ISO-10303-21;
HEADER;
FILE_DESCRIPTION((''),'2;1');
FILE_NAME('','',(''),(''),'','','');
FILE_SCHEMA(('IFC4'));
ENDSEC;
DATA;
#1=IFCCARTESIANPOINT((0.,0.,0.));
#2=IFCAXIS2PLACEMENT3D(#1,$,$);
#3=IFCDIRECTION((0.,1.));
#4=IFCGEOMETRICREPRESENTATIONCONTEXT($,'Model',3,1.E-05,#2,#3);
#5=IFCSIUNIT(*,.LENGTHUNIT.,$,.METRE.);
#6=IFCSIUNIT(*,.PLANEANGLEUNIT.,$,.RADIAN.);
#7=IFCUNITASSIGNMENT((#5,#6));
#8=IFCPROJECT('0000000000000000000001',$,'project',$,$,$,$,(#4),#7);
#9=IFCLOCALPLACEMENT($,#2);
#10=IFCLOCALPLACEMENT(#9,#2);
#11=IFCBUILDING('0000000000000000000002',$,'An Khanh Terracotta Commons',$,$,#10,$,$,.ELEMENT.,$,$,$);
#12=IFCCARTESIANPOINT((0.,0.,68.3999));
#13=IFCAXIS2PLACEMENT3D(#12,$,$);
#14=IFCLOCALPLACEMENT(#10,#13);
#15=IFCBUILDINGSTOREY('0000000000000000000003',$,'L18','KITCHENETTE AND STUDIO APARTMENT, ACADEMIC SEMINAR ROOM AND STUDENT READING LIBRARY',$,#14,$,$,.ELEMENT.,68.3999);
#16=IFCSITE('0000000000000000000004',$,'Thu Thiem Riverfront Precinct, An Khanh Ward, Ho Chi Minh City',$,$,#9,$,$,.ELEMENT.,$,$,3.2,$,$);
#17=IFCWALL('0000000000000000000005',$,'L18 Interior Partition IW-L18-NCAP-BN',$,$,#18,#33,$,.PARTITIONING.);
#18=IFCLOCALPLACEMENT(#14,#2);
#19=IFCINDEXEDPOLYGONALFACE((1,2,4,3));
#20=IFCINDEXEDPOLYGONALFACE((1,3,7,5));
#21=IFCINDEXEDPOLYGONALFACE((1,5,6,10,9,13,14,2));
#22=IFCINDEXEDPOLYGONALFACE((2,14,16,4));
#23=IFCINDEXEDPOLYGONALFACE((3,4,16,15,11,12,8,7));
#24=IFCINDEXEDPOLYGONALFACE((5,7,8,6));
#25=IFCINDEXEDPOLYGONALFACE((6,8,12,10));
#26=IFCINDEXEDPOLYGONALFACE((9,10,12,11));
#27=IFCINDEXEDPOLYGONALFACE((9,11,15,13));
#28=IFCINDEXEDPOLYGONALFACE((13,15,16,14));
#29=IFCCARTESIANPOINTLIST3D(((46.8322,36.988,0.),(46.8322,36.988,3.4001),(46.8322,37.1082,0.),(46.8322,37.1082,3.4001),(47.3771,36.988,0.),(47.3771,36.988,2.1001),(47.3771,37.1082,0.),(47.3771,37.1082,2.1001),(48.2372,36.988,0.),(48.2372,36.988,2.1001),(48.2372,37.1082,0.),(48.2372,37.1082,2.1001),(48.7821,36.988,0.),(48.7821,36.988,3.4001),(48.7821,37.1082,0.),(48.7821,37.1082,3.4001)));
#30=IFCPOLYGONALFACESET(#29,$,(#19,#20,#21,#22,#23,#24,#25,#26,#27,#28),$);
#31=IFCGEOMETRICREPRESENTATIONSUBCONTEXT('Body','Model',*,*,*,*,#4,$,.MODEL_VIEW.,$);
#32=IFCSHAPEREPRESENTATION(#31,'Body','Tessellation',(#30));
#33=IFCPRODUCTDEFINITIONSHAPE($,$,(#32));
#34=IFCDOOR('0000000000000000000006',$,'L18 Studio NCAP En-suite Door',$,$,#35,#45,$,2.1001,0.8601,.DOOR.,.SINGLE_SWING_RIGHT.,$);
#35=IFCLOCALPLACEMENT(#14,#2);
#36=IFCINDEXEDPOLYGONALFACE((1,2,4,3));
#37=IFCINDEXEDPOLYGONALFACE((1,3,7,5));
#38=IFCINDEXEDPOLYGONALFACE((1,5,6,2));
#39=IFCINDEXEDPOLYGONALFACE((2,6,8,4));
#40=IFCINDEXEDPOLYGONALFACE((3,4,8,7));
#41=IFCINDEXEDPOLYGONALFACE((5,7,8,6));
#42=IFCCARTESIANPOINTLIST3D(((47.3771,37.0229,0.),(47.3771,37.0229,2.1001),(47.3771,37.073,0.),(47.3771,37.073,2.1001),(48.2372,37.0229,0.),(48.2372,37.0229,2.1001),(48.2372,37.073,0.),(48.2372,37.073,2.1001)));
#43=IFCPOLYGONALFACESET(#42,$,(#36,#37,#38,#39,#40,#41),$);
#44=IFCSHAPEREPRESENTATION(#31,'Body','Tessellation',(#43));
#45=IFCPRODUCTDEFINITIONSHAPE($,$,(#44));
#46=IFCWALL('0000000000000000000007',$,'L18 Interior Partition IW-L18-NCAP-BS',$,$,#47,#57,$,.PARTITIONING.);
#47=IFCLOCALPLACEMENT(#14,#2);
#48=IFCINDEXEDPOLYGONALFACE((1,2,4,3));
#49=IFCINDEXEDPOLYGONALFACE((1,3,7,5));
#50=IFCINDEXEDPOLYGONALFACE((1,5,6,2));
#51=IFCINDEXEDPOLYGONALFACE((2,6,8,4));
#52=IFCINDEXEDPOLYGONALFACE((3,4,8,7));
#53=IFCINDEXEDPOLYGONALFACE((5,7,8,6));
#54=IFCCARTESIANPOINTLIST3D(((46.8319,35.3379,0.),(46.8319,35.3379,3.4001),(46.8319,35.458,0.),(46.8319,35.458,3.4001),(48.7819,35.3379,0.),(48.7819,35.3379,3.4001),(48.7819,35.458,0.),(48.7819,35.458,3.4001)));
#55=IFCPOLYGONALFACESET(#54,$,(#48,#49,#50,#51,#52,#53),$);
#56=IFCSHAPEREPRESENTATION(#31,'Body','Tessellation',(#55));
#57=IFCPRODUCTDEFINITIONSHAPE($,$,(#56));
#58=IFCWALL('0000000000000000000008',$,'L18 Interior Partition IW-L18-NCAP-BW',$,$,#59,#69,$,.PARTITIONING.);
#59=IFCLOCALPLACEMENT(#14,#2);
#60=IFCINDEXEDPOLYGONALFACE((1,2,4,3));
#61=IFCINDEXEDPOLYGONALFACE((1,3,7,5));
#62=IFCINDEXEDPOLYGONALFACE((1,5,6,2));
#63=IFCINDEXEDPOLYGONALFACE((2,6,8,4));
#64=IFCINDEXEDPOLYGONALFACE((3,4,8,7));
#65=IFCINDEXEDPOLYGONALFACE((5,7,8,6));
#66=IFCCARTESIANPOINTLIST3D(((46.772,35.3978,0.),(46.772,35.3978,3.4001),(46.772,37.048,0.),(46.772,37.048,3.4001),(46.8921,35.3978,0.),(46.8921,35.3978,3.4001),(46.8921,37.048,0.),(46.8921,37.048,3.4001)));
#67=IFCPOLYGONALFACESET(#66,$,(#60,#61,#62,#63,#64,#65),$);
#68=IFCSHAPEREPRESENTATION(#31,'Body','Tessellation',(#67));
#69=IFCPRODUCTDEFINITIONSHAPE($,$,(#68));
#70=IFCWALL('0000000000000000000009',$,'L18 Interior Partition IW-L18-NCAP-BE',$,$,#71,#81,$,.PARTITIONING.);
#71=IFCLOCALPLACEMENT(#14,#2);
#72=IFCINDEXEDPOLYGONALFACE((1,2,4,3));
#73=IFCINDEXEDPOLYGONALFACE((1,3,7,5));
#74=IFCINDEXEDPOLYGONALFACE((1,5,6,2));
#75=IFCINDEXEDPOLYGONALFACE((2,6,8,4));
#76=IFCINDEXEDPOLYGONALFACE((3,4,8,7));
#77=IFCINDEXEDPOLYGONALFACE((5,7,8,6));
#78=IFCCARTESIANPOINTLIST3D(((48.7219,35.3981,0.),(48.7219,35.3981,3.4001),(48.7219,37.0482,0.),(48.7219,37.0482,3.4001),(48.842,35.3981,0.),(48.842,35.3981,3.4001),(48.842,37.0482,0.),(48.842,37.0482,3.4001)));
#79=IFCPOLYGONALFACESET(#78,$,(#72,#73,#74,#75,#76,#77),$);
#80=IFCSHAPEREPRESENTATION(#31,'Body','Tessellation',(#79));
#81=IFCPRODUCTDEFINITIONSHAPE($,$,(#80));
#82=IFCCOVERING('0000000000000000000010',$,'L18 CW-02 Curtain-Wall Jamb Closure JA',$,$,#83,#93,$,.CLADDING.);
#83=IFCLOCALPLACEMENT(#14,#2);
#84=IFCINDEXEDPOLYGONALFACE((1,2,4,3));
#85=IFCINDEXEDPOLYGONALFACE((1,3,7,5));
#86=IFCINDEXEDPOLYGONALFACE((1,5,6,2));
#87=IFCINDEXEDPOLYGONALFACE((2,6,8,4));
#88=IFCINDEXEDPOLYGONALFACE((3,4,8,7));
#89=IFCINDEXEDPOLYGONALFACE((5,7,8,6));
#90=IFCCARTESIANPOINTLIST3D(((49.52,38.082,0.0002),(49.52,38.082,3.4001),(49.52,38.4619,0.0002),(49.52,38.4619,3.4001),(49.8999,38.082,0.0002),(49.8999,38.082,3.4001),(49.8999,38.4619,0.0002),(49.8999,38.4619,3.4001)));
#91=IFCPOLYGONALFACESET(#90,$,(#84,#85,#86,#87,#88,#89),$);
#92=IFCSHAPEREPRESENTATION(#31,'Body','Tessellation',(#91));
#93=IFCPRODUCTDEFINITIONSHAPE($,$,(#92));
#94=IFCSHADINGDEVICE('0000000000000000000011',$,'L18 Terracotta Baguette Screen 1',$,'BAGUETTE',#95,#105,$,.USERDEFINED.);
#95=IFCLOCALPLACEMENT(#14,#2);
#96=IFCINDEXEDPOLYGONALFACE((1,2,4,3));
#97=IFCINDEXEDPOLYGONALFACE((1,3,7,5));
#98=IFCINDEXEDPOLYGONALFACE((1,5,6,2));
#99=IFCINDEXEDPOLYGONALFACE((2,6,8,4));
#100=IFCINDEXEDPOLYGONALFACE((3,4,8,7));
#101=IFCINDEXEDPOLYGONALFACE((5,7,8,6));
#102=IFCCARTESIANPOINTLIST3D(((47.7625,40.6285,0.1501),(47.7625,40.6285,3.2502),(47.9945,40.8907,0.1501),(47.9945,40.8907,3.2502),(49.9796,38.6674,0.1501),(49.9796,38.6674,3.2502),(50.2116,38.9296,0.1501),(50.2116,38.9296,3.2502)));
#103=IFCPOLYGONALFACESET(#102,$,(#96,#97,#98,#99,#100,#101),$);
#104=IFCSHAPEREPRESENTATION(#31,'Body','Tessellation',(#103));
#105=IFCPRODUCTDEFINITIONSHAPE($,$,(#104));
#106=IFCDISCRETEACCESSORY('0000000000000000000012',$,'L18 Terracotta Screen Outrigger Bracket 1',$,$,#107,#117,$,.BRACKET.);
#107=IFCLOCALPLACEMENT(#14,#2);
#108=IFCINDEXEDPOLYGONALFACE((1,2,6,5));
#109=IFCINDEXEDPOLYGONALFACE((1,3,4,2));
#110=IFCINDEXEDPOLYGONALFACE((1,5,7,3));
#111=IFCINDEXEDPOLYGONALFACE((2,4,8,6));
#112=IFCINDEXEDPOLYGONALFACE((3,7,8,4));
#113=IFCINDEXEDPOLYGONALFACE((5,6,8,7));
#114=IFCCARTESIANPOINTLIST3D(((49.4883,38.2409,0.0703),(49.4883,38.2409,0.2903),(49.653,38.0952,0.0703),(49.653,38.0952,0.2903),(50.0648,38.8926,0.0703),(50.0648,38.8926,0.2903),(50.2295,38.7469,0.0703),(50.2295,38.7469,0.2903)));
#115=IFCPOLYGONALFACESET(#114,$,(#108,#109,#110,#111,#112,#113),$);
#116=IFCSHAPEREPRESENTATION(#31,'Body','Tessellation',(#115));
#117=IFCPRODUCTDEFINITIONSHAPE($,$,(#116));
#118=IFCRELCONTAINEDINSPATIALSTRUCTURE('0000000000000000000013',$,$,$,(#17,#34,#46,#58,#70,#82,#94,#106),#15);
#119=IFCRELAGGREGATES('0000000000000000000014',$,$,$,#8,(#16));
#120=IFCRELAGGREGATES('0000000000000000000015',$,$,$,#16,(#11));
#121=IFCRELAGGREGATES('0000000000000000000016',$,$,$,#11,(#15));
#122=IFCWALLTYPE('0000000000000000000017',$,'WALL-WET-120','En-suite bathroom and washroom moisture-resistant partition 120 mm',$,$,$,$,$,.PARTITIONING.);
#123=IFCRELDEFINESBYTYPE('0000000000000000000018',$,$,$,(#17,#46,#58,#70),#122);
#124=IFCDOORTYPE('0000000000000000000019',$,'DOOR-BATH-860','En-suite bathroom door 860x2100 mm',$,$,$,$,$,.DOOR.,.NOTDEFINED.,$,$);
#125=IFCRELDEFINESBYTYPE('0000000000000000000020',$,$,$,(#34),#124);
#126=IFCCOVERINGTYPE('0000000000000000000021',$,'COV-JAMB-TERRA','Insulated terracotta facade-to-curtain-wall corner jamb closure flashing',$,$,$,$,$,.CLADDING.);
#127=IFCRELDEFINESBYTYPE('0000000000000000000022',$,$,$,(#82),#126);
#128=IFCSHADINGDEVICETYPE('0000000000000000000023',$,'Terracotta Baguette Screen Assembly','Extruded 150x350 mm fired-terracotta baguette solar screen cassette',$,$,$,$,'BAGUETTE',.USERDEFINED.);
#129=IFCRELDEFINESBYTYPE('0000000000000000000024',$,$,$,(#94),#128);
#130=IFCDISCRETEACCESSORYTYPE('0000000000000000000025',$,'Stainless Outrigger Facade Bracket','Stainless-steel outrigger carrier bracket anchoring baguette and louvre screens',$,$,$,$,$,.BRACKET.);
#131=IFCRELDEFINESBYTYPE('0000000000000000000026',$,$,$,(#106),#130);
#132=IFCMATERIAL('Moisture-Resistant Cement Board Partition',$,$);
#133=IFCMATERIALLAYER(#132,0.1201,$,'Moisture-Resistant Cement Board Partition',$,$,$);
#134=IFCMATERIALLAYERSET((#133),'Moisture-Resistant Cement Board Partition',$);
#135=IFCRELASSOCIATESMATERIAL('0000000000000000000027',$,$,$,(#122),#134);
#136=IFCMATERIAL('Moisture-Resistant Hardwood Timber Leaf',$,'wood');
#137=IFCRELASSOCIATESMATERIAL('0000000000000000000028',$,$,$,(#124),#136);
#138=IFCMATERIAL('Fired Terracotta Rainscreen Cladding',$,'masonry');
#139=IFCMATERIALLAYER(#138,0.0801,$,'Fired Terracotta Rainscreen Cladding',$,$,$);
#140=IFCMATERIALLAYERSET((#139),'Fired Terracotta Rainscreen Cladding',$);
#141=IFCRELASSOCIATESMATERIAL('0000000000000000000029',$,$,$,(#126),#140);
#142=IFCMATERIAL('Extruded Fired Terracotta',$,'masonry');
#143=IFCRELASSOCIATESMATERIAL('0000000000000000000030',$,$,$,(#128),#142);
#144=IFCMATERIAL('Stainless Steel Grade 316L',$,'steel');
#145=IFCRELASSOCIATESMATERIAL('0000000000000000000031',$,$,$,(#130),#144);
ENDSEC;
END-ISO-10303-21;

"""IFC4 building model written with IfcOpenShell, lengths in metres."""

from ifc_helpers import new_model, si_unit, direction, frame, frame_2d, origin, origin_2d, place, context, subcontext, project, spatial, rectangle, extrude, material, layer, layer_set, type_object, element, fill, save


model = new_model("IFC4")

# Units and contexts
model_context = context("Model", 3, precision=1e-05, world=origin(), true_north=direction((0.0, 1.0)))
body_context = subcontext(model_context, "Body", "Model", "MODEL_VIEW")
ifc_project = project(units=[si_unit("LENGTHUNIT", "METRE"), si_unit("PLANEANGLEUNIT", "RADIAN")], contexts=[model_context])

# Site, building, storey
site_placement = place(None, origin())
site = spatial("IfcSite", under=ifc_project, at=site_placement, Name="Thu Thiem Riverfront Precinct, An Khanh Ward, Ho Chi Minh City", CompositionType="ELEMENT", RefElevation=3.2)
building_placement = place(site_placement, origin())
building = spatial("IfcBuilding", under=site, at=building_placement, Name="An Khanh Terracotta Commons", CompositionType="ELEMENT")
storey_placement = place(building_placement, frame((0.0, 0.0, 68.3999)))
storey = spatial("IfcBuildingStorey", under=building, at=storey_placement, Name="L18", Description="KITCHENETTE AND STUDIO APARTMENT, ACADEMIC SEMINAR ROOM AND STUDENT READING LIBRARY", CompositionType="ELEMENT", Elevation=68.3999)

# Wall, opening, door
ifc_material_1 = material(Name="Moisture-Resistant Cement Board Partition")
ifc_layer_1 = layer(ifc_material_1, 0.1201, Name="Moisture-Resistant Cement Board Partition")
ifc_layer_set_1 = layer_set([ifc_layer_1], Name="Moisture-Resistant Cement Board Partition")
wall_type_1 = type_object("IfcWallType", Name="WALL-WET-120", Description="En-suite bathroom and washroom moisture-resistant partition 120 mm", PredefinedType="PARTITIONING", material=ifc_layer_set_1)
wall_1_placement = place(storey_placement, frame((46.832, 37.0481, 0.0), z_axis=(0.0, 0.0, 1.0), x_axis=(1.0, 0.0, 0.0)))
wall_1 = element("IfcWall", 1, at=wall_1_placement, inside=storey, type_object=wall_type_1, Name="L18 Interior Partition IW-L18-NCAP-BN", PredefinedType="PARTITIONING", context=body_context, shape_type="SweptSolid", body=[
    extrude(rectangle(XDim=1.95, YDim=0.1201, at=frame_2d((0.9751, 0.0))), origin(), (0.0, 0.0, 1.0), 3.4001),
])
opening_placement = place(wall_1_placement, frame((0.5449, 0.0, 0.0)))
opening = element("IfcOpeningElement", 2, at=opening_placement, cuts=wall_1, PredefinedType="OPENING", context=body_context, shape_type="SweptSolid", body=[
    extrude(rectangle(XDim=0.8601, YDim=2.1001, at=frame_2d((0.4302, 1.05))), frame((0.0, 0.0701, 0.0), z_axis=(0.0, -1.0, 0.0), x_axis=(1.0, 0.0, 0.0)), (0.0, 0.0, 1.0), 0.1401),
])
ifc_material_2 = material(Name="Moisture-Resistant Hardwood Timber Leaf", Category="wood")
door_type = type_object("IfcDoorType", Name="DOOR-BATH-860", Description="En-suite bathroom door 860x2100 mm", OperationType="NOTDEFINED", PredefinedType="DOOR", material=ifc_material_2)
door_placement = place(opening_placement, origin())
door = element("IfcDoor", 3, at=door_placement, inside=storey, type_object=door_type, Name="L18 Studio NCAP En-suite Door", OperationType="SINGLE_SWING_RIGHT", OverallHeight=2.1001, OverallWidth=0.8601, PredefinedType="DOOR", context=body_context, shape_type="SweptSolid", body=[
    extrude(rectangle(XDim=0.8601, YDim=2.1001, at=frame_2d((0.4302, 1.05))), frame((0.0, 0.0249, 0.0), z_axis=(0.0, -1.0, 0.0), x_axis=(1.0, 0.0, 0.0)), (0.0, 0.0, 1.0), 0.05),
])
fill(opening, door)

# Walls
wall_2_placement = place(storey_placement, frame((48.782, 35.3979, 0.0), z_axis=(0.0, 0.0, 1.0), x_axis=(-1.0, 0.0, 0.0)))
element("IfcWall", 4, at=wall_2_placement, inside=storey, type_object=wall_type_1, Name="L18 Interior Partition IW-L18-NCAP-BS", PredefinedType="PARTITIONING", context=body_context, shape_type="SweptSolid", body=[
    extrude(rectangle(XDim=1.95, YDim=0.1201, at=frame_2d((0.9751, 0.0))), origin(), (0.0, 0.0, 1.0), 3.4001),
])
for number, where, z_axis, x_axis, name in (
    (5, (46.832, 37.0481, 0.0), (0.0, 0.0, 1.0), (0.0, -1.0, 0.0), "L18 Interior Partition IW-L18-NCAP-BW"),
    (6, (48.782, 35.3979, 0.0), (0.0, 0.0, 1.0), (0.0, 1.0, 0.0), "L18 Interior Partition IW-L18-NCAP-BE"),
):
    element("IfcWall", number, at=place(storey_placement, frame(where, z_axis=z_axis, x_axis=x_axis)), inside=storey, type_object=wall_type_1, Name=name, PredefinedType="PARTITIONING", context=body_context, shape_type="SweptSolid", body=[
        extrude(rectangle(XDim=1.6501, YDim=0.1201, at=frame_2d((0.8252, 0.0))), origin(), (0.0, 0.0, 1.0), 3.4001),
    ])

# Covering
ifc_material_3 = material(Name="Fired Terracotta Rainscreen Cladding", Category="masonry")
ifc_layer_2 = layer(ifc_material_3, 0.0801, Name="Fired Terracotta Rainscreen Cladding")
ifc_layer_set_2 = layer_set([ifc_layer_2], Name="Fired Terracotta Rainscreen Cladding")
covering_type = type_object("IfcCoveringType", Name="COV-JAMB-TERRA", Description="Insulated terracotta facade-to-curtain-wall corner jamb closure flashing", PredefinedType="CLADDING", material=ifc_layer_set_2)
covering_placement = place(storey_placement, frame((49.71, 38.272, 0.0002), z_axis=(0.0, 0.0, 1.0), x_axis=(1.0, 0.0, 0.0)))
element("IfcCovering", 7, at=covering_placement, inside=storey, type_object=covering_type, Name="L18 CW-02 Curtain-Wall Jamb Closure JA", PredefinedType="CLADDING", context=body_context, shape_type="SweptSolid", body=[
    extrude(rectangle(XDim=0.3799, YDim=0.3799, at=origin_2d()), origin(), (0.0, 0.0, 1.0), 3.3999),
])

# Shading device
ifc_material_4 = material(Name="Extruded Fired Terracotta", Category="masonry")
shading_device_type = type_object("IfcShadingDeviceType", Name="Terracotta Baguette Screen Assembly", Description="Extruded 150x350 mm fired-terracotta baguette solar screen cassette", ElementType="BAGUETTE", PredefinedType="USERDEFINED", material=ifc_material_4)
shading_device_placement = place(storey_placement, frame((48.9871, 39.7791, 0.1501), z_axis=(0.0, 0.0, 1.0), x_axis=(-0.749019, 0.662548, 0.0)))
element("IfcShadingDevice", 8, at=shading_device_placement, inside=storey, type_object=shading_device_type, Name="L18 Terracotta Baguette Screen 1", ObjectType="BAGUETTE", PredefinedType="USERDEFINED", context=body_context, shape_type="SweptSolid", body=[
    extrude(rectangle(XDim=2.96, YDim=0.3501, at=origin_2d()), origin(), (0.0, 0.0, 1.0), 3.1001),
])

# Discrete accessory
ifc_material_5 = material(Name="Stainless Steel Grade 316L", Category="steel")
discrete_accessory_type = type_object("IfcDiscreteAccessoryType", Name="Stainless Outrigger Facade Bracket", Description="Stainless-steel outrigger carrier bracket anchoring baguette and louvre screens", PredefinedType="BRACKET", material=ifc_material_5)
discrete_accessory_placement = place(storey_placement, frame((49.8589, 38.4939, 0.0703), z_axis=(0.0, 0.0, 1.0), x_axis=(-0.749019, 0.662548, 0.0)))
element("IfcDiscreteAccessory", 9, at=discrete_accessory_placement, inside=storey, type_object=discrete_accessory_type, Name="L18 Terracotta Screen Outrigger Bracket 1", PredefinedType="BRACKET", context=body_context, shape_type="SweptSolid", body=[
    extrude(rectangle(XDim=0.22, YDim=0.8701, at=origin_2d()), origin(), (0.0, 0.0, 1.0), 0.22),
])

save(model, "model.ifc")
